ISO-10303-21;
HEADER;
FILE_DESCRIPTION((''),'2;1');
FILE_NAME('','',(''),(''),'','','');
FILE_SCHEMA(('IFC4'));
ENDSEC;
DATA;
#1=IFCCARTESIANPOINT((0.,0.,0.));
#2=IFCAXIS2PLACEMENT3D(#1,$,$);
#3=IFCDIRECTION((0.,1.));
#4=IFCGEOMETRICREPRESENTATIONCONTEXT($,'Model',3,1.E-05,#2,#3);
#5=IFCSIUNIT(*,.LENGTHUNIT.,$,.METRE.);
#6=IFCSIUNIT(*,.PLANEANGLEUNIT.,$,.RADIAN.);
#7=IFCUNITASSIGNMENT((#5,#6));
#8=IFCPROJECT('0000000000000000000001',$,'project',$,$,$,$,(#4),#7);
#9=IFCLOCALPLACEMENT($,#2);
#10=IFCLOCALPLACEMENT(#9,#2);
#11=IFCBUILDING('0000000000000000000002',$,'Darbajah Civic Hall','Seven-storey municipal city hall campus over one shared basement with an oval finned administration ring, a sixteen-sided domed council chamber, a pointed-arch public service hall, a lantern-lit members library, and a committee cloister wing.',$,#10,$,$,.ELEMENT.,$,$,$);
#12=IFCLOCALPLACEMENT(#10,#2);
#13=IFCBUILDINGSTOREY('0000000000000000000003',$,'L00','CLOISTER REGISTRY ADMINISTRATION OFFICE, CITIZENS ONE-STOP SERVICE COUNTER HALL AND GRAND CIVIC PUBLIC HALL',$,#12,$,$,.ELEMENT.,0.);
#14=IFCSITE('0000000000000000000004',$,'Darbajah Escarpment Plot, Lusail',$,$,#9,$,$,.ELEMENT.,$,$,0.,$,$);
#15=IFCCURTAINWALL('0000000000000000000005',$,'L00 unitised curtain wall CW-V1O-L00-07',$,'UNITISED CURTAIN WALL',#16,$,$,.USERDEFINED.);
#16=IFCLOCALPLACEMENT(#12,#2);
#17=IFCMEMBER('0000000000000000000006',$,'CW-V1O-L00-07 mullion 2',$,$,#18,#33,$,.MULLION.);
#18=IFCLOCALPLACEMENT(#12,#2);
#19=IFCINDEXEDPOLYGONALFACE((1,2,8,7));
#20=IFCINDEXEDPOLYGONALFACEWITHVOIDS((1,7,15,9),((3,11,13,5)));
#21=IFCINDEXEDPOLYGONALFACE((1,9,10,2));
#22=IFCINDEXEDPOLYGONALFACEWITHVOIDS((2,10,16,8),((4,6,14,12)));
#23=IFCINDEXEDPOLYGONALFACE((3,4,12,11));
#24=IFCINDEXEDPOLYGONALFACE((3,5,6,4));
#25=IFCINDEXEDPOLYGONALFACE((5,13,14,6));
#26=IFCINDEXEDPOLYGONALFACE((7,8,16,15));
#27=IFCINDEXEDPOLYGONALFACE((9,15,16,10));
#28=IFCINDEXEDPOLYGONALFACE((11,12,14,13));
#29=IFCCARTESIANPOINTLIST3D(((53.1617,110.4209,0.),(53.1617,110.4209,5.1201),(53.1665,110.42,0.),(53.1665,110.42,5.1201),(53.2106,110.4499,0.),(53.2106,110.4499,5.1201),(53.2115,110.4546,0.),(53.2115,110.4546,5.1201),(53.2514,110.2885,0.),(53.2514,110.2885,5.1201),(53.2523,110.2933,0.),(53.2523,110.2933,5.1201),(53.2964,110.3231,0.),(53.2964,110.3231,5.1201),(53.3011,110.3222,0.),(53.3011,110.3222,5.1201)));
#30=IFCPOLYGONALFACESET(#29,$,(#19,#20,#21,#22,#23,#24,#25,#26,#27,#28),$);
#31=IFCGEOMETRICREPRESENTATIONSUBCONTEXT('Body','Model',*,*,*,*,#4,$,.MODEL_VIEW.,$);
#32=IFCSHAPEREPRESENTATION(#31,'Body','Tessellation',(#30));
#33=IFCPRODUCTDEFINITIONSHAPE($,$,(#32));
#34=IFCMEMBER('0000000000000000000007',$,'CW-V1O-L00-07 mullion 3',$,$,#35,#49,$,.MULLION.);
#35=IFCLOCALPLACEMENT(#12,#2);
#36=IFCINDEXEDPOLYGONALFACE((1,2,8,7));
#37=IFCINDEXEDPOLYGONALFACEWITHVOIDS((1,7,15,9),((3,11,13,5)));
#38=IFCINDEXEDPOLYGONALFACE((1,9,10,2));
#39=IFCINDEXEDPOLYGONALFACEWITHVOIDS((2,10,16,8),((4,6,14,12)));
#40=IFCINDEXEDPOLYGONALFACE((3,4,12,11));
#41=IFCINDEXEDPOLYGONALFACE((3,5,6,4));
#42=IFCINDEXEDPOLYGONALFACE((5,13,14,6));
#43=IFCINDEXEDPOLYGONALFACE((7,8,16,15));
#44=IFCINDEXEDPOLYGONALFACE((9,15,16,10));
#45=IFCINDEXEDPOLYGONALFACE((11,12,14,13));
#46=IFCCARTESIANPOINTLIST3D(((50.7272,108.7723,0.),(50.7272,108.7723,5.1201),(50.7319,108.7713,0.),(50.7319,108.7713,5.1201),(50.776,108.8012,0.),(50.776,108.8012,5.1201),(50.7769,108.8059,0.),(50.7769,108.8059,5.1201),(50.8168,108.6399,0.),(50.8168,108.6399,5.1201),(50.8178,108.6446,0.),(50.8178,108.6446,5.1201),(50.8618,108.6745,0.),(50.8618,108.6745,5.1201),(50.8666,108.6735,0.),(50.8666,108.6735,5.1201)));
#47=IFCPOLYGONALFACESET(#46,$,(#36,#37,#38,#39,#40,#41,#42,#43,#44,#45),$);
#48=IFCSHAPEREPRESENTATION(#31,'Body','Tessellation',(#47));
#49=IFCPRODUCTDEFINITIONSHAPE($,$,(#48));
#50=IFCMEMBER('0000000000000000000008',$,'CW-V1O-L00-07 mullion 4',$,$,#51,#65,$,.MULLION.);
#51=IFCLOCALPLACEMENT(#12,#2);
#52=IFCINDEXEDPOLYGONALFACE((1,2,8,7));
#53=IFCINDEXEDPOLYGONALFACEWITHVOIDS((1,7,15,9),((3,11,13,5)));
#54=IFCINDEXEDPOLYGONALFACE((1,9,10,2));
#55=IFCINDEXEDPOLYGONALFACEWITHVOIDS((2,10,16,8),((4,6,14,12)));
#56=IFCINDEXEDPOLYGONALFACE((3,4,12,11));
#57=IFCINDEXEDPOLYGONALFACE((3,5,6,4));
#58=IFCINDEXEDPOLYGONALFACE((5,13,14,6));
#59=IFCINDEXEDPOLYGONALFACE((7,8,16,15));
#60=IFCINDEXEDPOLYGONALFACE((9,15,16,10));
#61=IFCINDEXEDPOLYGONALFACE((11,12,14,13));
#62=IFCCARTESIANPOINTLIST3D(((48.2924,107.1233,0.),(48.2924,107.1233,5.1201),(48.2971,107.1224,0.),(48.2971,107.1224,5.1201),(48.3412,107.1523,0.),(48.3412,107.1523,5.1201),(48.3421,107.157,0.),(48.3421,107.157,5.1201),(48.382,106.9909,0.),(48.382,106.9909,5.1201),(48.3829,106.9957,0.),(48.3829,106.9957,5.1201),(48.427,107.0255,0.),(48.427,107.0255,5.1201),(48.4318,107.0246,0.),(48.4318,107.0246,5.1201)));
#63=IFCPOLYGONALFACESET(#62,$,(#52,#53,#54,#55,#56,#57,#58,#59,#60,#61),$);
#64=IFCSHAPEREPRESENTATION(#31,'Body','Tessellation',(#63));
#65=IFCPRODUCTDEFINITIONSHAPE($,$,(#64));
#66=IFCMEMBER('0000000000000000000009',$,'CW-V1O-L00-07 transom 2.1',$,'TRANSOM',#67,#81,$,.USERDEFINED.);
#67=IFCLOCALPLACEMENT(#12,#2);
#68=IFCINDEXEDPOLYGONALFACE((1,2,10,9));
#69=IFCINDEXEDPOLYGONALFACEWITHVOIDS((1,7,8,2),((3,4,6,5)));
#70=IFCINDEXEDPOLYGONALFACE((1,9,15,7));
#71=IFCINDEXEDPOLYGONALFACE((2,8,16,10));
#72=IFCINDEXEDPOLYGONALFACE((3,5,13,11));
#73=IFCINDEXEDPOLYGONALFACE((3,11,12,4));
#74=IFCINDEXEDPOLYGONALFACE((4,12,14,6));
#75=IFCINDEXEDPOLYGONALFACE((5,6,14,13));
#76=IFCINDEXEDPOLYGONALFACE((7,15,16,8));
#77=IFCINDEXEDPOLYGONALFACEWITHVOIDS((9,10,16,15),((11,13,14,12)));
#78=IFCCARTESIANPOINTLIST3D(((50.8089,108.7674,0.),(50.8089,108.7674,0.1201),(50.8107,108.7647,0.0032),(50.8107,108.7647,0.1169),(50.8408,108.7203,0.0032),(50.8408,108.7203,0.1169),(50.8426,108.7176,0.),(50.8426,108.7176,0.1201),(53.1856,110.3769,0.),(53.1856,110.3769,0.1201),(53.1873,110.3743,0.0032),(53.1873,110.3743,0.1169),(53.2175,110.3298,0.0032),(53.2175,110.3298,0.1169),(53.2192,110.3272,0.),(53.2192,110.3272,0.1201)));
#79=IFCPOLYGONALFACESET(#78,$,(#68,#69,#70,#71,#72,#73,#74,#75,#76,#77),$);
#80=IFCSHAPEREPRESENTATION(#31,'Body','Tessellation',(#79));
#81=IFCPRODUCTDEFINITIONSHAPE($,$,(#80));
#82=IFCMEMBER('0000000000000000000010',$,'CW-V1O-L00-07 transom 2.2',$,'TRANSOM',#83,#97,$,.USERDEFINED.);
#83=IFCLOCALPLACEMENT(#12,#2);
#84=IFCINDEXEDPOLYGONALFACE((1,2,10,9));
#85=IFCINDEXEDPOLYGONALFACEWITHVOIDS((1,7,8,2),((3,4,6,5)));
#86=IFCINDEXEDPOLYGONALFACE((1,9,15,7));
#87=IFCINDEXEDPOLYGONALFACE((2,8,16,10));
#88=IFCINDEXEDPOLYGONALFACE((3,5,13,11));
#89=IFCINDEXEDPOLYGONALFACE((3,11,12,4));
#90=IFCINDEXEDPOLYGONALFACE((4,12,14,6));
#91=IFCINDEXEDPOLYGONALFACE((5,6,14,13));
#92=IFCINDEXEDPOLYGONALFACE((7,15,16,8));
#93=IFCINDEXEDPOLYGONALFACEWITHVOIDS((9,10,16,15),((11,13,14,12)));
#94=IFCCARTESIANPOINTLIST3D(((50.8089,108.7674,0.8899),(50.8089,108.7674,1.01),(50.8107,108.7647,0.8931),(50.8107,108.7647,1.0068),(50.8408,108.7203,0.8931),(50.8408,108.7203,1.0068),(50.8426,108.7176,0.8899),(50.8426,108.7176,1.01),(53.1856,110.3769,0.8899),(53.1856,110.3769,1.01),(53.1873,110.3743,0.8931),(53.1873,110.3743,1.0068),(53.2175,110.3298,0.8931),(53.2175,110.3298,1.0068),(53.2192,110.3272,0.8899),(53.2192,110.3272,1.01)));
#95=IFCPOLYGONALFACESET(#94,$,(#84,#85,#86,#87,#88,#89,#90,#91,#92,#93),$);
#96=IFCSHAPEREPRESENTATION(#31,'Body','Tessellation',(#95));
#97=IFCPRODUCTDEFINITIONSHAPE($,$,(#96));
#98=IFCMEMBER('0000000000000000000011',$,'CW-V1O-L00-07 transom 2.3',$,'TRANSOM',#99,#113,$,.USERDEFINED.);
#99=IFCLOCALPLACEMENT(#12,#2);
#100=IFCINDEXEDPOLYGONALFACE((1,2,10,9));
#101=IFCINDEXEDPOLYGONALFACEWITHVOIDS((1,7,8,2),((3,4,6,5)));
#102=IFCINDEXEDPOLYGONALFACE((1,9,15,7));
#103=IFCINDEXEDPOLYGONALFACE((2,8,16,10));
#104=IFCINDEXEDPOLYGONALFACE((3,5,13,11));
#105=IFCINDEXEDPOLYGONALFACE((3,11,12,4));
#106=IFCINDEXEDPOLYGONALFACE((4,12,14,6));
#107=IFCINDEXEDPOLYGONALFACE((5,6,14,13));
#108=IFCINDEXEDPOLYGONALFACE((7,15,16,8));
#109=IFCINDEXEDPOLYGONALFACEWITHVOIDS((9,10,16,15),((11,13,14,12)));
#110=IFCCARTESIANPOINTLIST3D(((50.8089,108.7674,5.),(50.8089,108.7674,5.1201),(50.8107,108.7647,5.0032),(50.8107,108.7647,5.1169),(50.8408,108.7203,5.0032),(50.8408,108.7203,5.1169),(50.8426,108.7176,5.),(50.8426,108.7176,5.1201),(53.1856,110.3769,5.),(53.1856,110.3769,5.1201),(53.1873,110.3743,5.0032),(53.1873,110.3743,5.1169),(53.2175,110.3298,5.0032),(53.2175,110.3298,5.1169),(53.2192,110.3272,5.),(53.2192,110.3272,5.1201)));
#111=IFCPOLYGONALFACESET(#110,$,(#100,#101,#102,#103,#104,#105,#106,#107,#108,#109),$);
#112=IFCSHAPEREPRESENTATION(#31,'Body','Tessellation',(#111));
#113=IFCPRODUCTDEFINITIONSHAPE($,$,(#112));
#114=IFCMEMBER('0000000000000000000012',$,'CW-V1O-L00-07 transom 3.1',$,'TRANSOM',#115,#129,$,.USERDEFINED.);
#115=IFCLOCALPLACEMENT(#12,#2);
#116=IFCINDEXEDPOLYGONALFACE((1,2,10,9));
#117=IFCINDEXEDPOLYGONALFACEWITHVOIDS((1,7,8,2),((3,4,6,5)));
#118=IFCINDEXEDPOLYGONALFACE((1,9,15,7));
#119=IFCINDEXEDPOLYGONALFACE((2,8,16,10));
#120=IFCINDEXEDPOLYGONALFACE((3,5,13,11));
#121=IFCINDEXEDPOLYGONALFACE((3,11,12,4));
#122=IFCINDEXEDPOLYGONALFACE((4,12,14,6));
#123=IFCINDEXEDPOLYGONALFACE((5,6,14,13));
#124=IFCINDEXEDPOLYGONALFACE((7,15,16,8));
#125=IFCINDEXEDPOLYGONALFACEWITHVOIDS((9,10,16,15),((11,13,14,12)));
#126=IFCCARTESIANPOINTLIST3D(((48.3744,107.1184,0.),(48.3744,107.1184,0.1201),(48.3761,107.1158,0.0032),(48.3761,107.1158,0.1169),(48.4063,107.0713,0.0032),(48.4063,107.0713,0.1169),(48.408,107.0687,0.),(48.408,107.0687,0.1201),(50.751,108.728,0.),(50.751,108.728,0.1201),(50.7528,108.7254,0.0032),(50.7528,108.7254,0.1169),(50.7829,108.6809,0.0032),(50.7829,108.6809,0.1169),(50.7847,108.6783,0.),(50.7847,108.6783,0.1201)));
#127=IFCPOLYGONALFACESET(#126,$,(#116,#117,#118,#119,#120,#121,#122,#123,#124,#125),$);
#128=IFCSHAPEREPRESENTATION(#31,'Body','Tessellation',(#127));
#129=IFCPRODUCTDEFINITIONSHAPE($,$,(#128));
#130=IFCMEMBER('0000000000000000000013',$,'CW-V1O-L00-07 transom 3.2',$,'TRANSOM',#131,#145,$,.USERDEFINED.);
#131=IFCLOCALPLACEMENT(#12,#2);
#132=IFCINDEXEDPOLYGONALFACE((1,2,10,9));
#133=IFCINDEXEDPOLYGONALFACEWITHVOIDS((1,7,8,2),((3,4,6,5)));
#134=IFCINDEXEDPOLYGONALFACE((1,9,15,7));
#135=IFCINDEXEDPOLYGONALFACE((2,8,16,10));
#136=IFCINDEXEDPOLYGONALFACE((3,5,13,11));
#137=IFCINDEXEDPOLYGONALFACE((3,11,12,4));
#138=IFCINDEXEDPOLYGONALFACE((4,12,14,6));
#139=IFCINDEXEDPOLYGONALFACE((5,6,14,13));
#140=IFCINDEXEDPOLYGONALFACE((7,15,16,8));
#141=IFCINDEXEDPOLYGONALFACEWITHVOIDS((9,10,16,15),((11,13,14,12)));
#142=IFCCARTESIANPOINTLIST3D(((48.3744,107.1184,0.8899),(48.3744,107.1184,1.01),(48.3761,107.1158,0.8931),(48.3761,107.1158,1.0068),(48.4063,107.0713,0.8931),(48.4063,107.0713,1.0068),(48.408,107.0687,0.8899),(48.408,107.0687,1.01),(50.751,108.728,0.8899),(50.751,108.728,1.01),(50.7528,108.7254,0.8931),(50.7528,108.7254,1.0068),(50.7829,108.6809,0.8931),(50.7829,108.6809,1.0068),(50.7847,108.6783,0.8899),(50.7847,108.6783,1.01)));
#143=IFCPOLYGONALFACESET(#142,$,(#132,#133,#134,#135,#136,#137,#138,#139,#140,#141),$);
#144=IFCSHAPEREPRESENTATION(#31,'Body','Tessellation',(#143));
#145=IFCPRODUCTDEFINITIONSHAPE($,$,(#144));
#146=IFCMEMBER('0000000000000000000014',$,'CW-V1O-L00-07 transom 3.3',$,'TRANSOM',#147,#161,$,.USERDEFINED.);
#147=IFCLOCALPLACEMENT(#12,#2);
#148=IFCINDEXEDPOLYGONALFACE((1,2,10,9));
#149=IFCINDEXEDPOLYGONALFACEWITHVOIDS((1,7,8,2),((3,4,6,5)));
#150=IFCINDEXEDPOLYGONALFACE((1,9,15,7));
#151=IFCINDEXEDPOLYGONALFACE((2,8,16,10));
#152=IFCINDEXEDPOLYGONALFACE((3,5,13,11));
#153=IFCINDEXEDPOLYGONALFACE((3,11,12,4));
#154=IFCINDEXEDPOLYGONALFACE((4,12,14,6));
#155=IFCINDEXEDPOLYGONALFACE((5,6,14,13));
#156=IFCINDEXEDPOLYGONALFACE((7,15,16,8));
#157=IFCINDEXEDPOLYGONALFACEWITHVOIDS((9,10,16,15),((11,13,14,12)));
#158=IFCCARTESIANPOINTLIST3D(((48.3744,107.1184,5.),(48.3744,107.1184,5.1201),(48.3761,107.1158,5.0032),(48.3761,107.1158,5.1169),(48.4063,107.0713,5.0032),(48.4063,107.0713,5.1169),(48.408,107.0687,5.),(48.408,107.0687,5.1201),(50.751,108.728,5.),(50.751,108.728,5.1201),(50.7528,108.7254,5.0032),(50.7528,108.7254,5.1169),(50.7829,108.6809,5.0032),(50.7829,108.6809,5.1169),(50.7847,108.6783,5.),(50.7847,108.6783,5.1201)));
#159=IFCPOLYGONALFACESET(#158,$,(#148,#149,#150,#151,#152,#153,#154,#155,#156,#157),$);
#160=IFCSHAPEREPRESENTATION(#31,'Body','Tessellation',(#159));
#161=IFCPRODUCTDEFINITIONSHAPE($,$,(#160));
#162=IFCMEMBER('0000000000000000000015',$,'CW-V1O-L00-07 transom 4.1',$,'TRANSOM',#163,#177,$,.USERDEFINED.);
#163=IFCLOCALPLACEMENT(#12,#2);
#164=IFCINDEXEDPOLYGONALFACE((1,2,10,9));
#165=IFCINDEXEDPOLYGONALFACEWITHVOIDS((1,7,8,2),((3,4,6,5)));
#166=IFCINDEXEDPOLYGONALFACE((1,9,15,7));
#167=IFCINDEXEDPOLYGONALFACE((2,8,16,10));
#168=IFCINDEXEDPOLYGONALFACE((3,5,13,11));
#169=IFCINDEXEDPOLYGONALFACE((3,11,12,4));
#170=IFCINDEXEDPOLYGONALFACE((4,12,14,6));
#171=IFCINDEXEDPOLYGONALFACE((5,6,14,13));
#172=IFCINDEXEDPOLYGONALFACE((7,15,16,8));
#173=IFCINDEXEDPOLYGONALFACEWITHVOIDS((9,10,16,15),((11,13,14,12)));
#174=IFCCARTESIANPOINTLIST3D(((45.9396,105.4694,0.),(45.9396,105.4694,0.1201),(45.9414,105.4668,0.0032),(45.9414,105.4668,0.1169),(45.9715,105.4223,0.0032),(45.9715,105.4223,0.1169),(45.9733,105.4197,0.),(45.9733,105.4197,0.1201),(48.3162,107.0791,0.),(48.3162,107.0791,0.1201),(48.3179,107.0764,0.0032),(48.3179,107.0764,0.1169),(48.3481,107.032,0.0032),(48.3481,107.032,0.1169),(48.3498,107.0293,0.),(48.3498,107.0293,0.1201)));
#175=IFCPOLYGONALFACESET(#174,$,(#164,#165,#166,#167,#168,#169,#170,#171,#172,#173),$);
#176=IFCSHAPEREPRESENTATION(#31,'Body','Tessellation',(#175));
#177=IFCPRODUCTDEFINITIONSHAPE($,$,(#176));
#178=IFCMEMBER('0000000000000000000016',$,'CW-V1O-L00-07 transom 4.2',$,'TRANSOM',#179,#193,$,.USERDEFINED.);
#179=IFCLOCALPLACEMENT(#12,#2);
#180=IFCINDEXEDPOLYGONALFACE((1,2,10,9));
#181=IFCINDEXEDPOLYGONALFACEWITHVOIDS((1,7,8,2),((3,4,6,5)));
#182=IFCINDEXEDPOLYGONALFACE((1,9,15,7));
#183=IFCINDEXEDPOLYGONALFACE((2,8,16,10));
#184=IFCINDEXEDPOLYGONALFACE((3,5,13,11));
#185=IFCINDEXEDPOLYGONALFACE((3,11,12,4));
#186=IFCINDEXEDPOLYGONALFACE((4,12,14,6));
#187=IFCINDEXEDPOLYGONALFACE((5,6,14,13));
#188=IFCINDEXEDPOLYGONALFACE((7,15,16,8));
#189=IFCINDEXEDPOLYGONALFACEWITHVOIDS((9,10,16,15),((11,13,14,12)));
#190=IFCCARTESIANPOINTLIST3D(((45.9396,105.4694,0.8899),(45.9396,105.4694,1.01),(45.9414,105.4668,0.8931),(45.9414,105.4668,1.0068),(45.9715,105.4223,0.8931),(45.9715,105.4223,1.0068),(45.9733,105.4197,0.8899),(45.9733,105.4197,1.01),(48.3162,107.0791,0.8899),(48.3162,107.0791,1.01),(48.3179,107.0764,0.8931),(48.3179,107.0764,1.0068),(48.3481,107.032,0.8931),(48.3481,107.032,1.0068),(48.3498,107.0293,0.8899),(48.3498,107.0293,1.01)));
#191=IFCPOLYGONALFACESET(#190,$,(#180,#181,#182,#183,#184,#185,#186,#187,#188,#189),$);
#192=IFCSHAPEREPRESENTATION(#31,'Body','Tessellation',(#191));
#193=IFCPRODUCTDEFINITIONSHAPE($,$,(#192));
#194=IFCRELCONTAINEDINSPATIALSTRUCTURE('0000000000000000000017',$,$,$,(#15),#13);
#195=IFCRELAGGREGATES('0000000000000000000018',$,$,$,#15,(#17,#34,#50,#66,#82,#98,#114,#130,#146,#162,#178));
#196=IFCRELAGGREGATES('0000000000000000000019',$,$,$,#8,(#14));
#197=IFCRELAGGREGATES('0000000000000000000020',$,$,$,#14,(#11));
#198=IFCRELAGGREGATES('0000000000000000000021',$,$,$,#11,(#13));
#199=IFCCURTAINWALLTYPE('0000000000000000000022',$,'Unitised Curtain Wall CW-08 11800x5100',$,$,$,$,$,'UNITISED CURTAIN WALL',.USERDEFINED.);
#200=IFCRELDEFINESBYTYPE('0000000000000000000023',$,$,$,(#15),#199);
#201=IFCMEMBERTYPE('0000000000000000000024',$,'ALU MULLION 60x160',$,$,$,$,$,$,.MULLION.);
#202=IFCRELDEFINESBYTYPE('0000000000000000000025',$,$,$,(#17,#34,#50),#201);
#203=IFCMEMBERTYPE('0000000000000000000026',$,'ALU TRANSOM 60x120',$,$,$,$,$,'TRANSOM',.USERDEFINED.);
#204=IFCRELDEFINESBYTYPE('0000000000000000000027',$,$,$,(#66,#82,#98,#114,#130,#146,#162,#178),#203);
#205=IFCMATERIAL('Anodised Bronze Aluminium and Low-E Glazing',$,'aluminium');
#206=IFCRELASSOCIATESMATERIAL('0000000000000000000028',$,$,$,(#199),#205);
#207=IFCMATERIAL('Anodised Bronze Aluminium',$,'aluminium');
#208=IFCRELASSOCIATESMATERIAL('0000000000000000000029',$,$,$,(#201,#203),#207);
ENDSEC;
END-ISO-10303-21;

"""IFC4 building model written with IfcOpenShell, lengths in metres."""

from ifc_helpers import new_model, si_unit, direction, frame, origin, origin_2d, place, context, subcontext, project, spatial, hollow_rectangle, extrude, material, material_profile, profile_set, type_object, element, aggregate, save


model = new_model("IFC4")

# Units and contexts
model_context = context("Model", 3, precision=1e-05, world=origin(), true_north=direction((0.0, 1.0)))
body_context = subcontext(model_context, "Body", "Model", "MODEL_VIEW")
ifc_project = project(units=[si_unit("LENGTHUNIT", "METRE"), si_unit("PLANEANGLEUNIT", "RADIAN")], contexts=[model_context])

# Site, building, storey
site_placement = place(None, origin())
site = spatial("IfcSite", under=ifc_project, at=site_placement, Name="Darbajah Escarpment Plot, Lusail", CompositionType="ELEMENT", RefElevation=0.0)
building_placement = place(site_placement, origin())
building = spatial("IfcBuilding", under=site, at=building_placement, Name="Darbajah Civic Hall", Description="Seven-storey municipal city hall campus over one shared basement with an oval finned administration ring, a sixteen-sided domed council chamber, a pointed-arch public service hall, a lantern-lit members library, and a committee cloister wing.", CompositionType="ELEMENT")
storey_placement = place(building_placement, origin())
storey = spatial("IfcBuildingStorey", under=building, at=storey_placement, Name="L00", Description="CLOISTER REGISTRY ADMINISTRATION OFFICE, CITIZENS ONE-STOP SERVICE COUNTER HALL AND GRAND CIVIC PUBLIC HALL", CompositionType="ELEMENT", Elevation=0.0)

# Curtain wall, members
ifc_material_1 = material(Name="Anodised Bronze Aluminium and Low-E Glazing", Category="aluminium")
curtain_wall_type = type_object("IfcCurtainWallType", Name="Unitised Curtain Wall CW-08 11800x5100", ElementType="UNITISED CURTAIN WALL", PredefinedType="USERDEFINED", material=ifc_material_1)
curtain_wall_placement = place(storey_placement, origin())
curtain_wall = element("IfcCurtainWall", 1, at=curtain_wall_placement, inside=storey, type_object=curtain_wall_type, Name="L00 unitised curtain wall CW-V1O-L00-07", ObjectType="UNITISED CURTAIN WALL", PredefinedType="USERDEFINED")
ifc_material_2 = material(Name="Anodised Bronze Aluminium", Category="aluminium")
ifc_material_profile_1 = material_profile(ifc_material_2, hollow_rectangle(XDim=0.0601, YDim=0.1599, WallThickness=0.0034, at=origin_2d()), Name="ALU MULLION 60x160")
ifc_profile_set_1 = profile_set([ifc_material_profile_1], Name="Anodised Bronze Aluminium")
member_type_1 = type_object("IfcMemberType", Name="ALU MULLION 60x160", PredefinedType="MULLION", material=ifc_profile_set_1)
member_1_placement = place(storey_placement, frame((53.2314, 110.3716, 0.0), z_axis=(0.0, 0.0, 1.0), x_axis=(-0.827962, -0.560784, 0.0)))
member_1 = element("IfcMember", 2, at=member_1_placement, type_object=member_type_1, Name="CW-V1O-L00-07 mullion 2", PredefinedType="MULLION", context=body_context, shape_type="SweptSolid", body=[
    extrude(hollow_rectangle(XDim=0.0601, YDim=0.1599, WallThickness=0.0034, at=origin_2d()), origin(), (0.0, 0.0, 1.0), 5.1201),
])
member_2_placement = place(storey_placement, frame((50.7969, 108.7229, 0.0), z_axis=(0.0, 0.0, 1.0), x_axis=(-0.827962, -0.560784, 0.0)))
member_2 = element("IfcMember", 3, at=member_2_placement, type_object=member_type_1, Name="CW-V1O-L00-07 mullion 3", PredefinedType="MULLION", context=body_context, shape_type="SweptSolid", body=[
    extrude(hollow_rectangle(XDim=0.0601, YDim=0.1599, WallThickness=0.0034, at=origin_2d()), origin(), (0.0, 0.0, 1.0), 5.1201),
])
member_3_placement = place(storey_placement, frame((48.3621, 107.074, 0.0), z_axis=(0.0, 0.0, 1.0), x_axis=(-0.827962, -0.560784, 0.0)))
member_3 = element("IfcMember", 4, at=member_3_placement, type_object=member_type_1, Name="CW-V1O-L00-07 mullion 4", PredefinedType="MULLION", context=body_context, shape_type="SweptSolid", body=[
    extrude(hollow_rectangle(XDim=0.0601, YDim=0.1599, WallThickness=0.0034, at=origin_2d()), origin(), (0.0, 0.0, 1.0), 5.1201),
])
ifc_material_profile_2 = material_profile(ifc_material_2, hollow_rectangle(XDim=0.0601, YDim=0.1201, WallThickness=0.0032, at=origin_2d()), Name="ALU TRANSOM 60x120")
ifc_profile_set_2 = profile_set([ifc_material_profile_2], Name="Anodised Bronze Aluminium")
member_type_2 = type_object("IfcMemberType", Name="ALU TRANSOM 60x120", ElementType="TRANSOM", PredefinedType="USERDEFINED", material=ifc_profile_set_2)
member_4_placement = place(storey_placement, frame((53.2024, 110.3521, 0.0601), z_axis=(-0.827985, -0.56075, 0.0), x_axis=(0.56075, -0.827985, 0.0)))
member_4 = element("IfcMember", 5, at=member_4_placement, type_object=member_type_2, Name="CW-V1O-L00-07 transom 2.1", ObjectType="TRANSOM", PredefinedType="USERDEFINED", context=body_context, shape_type="SweptSolid", body=[
    extrude(hollow_rectangle(XDim=0.0601, YDim=0.1201, WallThickness=0.0032, at=origin_2d()), origin(), (0.0, 0.0, 1.0), 2.8704),
])
member_5_placement = place(storey_placement, frame((53.2024, 110.3521, 0.95), z_axis=(-0.827985, -0.56075, 0.0), x_axis=(0.56075, -0.827985, 0.0)))
member_5 = element("IfcMember", 6, at=member_5_placement, type_object=member_type_2, Name="CW-V1O-L00-07 transom 2.2", ObjectType="TRANSOM", PredefinedType="USERDEFINED", context=body_context, shape_type="SweptSolid", body=[
    extrude(hollow_rectangle(XDim=0.0601, YDim=0.1201, WallThickness=0.0032, at=origin_2d()), origin(), (0.0, 0.0, 1.0), 2.8704),
])
member_6_placement = place(storey_placement, frame((53.2024, 110.3521, 5.0601), z_axis=(-0.827985, -0.56075, 0.0), x_axis=(0.56075, -0.827985, 0.0)))
member_6 = element("IfcMember", 7, at=member_6_placement, type_object=member_type_2, Name="CW-V1O-L00-07 transom 2.3", ObjectType="TRANSOM", PredefinedType="USERDEFINED", context=body_context, shape_type="SweptSolid", body=[
    extrude(hollow_rectangle(XDim=0.0601, YDim=0.1201, WallThickness=0.0032, at=origin_2d()), origin(), (0.0, 0.0, 1.0), 2.8704),
])
member_7_placement = place(storey_placement, frame((50.7678, 108.7031, 0.0601), z_axis=(-0.827985, -0.56075, 0.0), x_axis=(0.56075, -0.827985, 0.0)))
member_7 = element("IfcMember", 8, at=member_7_placement, type_object=member_type_2, Name="CW-V1O-L00-07 transom 3.1", ObjectType="TRANSOM", PredefinedType="USERDEFINED", context=body_context, shape_type="SweptSolid", body=[
    extrude(hollow_rectangle(XDim=0.0601, YDim=0.1201, WallThickness=0.0032, at=origin_2d()), origin(), (0.0, 0.0, 1.0), 2.8704),
])
member_8_placement = place(storey_placement, frame((50.7678, 108.7031, 0.95), z_axis=(-0.827985, -0.56075, 0.0), x_axis=(0.56075, -0.827985, 0.0)))
member_8 = element("IfcMember", 9, at=member_8_placement, type_object=member_type_2, Name="CW-V1O-L00-07 transom 3.2", ObjectType="TRANSOM", PredefinedType="USERDEFINED", context=body_context, shape_type="SweptSolid", body=[
    extrude(hollow_rectangle(XDim=0.0601, YDim=0.1201, WallThickness=0.0032, at=origin_2d()), origin(), (0.0, 0.0, 1.0), 2.8704),
])
member_9_placement = place(storey_placement, frame((50.7678, 108.7031, 5.0601), z_axis=(-0.827985, -0.56075, 0.0), x_axis=(0.56075, -0.827985, 0.0)))
member_9 = element("IfcMember", 10, at=member_9_placement, type_object=member_type_2, Name="CW-V1O-L00-07 transom 3.3", ObjectType="TRANSOM", PredefinedType="USERDEFINED", context=body_context, shape_type="SweptSolid", body=[
    extrude(hollow_rectangle(XDim=0.0601, YDim=0.1201, WallThickness=0.0032, at=origin_2d()), origin(), (0.0, 0.0, 1.0), 2.8704),
])
member_10_placement = place(storey_placement, frame((48.333, 107.0542, 0.0601), z_axis=(-0.827958, -0.56079, 0.0), x_axis=(0.56079, -0.827958, 0.0)))
member_10 = element("IfcMember", 11, at=member_10_placement, type_object=member_type_2, Name="CW-V1O-L00-07 transom 4.1", ObjectType="TRANSOM", PredefinedType="USERDEFINED", context=body_context, shape_type="SweptSolid", body=[
    extrude(hollow_rectangle(XDim=0.0601, YDim=0.1201, WallThickness=0.0032, at=origin_2d()), origin(), (0.0, 0.0, 1.0), 2.8704),
])
member_11_placement = place(storey_placement, frame((48.333, 107.0542, 0.95), z_axis=(-0.827958, -0.56079, 0.0), x_axis=(0.56079, -0.827958, 0.0)))
member_11 = element("IfcMember", 12, at=member_11_placement, type_object=member_type_2, Name="CW-V1O-L00-07 transom 4.2", ObjectType="TRANSOM", PredefinedType="USERDEFINED", context=body_context, shape_type="SweptSolid", body=[
    extrude(hollow_rectangle(XDim=0.0601, YDim=0.1201, WallThickness=0.0032, at=origin_2d()), origin(), (0.0, 0.0, 1.0), 2.8704),
])
aggregate(curtain_wall, [member_1, member_2, member_3, member_4, member_5, member_6, member_7, member_8, member_9, member_10, member_11])

save(model, "model.ifc")
